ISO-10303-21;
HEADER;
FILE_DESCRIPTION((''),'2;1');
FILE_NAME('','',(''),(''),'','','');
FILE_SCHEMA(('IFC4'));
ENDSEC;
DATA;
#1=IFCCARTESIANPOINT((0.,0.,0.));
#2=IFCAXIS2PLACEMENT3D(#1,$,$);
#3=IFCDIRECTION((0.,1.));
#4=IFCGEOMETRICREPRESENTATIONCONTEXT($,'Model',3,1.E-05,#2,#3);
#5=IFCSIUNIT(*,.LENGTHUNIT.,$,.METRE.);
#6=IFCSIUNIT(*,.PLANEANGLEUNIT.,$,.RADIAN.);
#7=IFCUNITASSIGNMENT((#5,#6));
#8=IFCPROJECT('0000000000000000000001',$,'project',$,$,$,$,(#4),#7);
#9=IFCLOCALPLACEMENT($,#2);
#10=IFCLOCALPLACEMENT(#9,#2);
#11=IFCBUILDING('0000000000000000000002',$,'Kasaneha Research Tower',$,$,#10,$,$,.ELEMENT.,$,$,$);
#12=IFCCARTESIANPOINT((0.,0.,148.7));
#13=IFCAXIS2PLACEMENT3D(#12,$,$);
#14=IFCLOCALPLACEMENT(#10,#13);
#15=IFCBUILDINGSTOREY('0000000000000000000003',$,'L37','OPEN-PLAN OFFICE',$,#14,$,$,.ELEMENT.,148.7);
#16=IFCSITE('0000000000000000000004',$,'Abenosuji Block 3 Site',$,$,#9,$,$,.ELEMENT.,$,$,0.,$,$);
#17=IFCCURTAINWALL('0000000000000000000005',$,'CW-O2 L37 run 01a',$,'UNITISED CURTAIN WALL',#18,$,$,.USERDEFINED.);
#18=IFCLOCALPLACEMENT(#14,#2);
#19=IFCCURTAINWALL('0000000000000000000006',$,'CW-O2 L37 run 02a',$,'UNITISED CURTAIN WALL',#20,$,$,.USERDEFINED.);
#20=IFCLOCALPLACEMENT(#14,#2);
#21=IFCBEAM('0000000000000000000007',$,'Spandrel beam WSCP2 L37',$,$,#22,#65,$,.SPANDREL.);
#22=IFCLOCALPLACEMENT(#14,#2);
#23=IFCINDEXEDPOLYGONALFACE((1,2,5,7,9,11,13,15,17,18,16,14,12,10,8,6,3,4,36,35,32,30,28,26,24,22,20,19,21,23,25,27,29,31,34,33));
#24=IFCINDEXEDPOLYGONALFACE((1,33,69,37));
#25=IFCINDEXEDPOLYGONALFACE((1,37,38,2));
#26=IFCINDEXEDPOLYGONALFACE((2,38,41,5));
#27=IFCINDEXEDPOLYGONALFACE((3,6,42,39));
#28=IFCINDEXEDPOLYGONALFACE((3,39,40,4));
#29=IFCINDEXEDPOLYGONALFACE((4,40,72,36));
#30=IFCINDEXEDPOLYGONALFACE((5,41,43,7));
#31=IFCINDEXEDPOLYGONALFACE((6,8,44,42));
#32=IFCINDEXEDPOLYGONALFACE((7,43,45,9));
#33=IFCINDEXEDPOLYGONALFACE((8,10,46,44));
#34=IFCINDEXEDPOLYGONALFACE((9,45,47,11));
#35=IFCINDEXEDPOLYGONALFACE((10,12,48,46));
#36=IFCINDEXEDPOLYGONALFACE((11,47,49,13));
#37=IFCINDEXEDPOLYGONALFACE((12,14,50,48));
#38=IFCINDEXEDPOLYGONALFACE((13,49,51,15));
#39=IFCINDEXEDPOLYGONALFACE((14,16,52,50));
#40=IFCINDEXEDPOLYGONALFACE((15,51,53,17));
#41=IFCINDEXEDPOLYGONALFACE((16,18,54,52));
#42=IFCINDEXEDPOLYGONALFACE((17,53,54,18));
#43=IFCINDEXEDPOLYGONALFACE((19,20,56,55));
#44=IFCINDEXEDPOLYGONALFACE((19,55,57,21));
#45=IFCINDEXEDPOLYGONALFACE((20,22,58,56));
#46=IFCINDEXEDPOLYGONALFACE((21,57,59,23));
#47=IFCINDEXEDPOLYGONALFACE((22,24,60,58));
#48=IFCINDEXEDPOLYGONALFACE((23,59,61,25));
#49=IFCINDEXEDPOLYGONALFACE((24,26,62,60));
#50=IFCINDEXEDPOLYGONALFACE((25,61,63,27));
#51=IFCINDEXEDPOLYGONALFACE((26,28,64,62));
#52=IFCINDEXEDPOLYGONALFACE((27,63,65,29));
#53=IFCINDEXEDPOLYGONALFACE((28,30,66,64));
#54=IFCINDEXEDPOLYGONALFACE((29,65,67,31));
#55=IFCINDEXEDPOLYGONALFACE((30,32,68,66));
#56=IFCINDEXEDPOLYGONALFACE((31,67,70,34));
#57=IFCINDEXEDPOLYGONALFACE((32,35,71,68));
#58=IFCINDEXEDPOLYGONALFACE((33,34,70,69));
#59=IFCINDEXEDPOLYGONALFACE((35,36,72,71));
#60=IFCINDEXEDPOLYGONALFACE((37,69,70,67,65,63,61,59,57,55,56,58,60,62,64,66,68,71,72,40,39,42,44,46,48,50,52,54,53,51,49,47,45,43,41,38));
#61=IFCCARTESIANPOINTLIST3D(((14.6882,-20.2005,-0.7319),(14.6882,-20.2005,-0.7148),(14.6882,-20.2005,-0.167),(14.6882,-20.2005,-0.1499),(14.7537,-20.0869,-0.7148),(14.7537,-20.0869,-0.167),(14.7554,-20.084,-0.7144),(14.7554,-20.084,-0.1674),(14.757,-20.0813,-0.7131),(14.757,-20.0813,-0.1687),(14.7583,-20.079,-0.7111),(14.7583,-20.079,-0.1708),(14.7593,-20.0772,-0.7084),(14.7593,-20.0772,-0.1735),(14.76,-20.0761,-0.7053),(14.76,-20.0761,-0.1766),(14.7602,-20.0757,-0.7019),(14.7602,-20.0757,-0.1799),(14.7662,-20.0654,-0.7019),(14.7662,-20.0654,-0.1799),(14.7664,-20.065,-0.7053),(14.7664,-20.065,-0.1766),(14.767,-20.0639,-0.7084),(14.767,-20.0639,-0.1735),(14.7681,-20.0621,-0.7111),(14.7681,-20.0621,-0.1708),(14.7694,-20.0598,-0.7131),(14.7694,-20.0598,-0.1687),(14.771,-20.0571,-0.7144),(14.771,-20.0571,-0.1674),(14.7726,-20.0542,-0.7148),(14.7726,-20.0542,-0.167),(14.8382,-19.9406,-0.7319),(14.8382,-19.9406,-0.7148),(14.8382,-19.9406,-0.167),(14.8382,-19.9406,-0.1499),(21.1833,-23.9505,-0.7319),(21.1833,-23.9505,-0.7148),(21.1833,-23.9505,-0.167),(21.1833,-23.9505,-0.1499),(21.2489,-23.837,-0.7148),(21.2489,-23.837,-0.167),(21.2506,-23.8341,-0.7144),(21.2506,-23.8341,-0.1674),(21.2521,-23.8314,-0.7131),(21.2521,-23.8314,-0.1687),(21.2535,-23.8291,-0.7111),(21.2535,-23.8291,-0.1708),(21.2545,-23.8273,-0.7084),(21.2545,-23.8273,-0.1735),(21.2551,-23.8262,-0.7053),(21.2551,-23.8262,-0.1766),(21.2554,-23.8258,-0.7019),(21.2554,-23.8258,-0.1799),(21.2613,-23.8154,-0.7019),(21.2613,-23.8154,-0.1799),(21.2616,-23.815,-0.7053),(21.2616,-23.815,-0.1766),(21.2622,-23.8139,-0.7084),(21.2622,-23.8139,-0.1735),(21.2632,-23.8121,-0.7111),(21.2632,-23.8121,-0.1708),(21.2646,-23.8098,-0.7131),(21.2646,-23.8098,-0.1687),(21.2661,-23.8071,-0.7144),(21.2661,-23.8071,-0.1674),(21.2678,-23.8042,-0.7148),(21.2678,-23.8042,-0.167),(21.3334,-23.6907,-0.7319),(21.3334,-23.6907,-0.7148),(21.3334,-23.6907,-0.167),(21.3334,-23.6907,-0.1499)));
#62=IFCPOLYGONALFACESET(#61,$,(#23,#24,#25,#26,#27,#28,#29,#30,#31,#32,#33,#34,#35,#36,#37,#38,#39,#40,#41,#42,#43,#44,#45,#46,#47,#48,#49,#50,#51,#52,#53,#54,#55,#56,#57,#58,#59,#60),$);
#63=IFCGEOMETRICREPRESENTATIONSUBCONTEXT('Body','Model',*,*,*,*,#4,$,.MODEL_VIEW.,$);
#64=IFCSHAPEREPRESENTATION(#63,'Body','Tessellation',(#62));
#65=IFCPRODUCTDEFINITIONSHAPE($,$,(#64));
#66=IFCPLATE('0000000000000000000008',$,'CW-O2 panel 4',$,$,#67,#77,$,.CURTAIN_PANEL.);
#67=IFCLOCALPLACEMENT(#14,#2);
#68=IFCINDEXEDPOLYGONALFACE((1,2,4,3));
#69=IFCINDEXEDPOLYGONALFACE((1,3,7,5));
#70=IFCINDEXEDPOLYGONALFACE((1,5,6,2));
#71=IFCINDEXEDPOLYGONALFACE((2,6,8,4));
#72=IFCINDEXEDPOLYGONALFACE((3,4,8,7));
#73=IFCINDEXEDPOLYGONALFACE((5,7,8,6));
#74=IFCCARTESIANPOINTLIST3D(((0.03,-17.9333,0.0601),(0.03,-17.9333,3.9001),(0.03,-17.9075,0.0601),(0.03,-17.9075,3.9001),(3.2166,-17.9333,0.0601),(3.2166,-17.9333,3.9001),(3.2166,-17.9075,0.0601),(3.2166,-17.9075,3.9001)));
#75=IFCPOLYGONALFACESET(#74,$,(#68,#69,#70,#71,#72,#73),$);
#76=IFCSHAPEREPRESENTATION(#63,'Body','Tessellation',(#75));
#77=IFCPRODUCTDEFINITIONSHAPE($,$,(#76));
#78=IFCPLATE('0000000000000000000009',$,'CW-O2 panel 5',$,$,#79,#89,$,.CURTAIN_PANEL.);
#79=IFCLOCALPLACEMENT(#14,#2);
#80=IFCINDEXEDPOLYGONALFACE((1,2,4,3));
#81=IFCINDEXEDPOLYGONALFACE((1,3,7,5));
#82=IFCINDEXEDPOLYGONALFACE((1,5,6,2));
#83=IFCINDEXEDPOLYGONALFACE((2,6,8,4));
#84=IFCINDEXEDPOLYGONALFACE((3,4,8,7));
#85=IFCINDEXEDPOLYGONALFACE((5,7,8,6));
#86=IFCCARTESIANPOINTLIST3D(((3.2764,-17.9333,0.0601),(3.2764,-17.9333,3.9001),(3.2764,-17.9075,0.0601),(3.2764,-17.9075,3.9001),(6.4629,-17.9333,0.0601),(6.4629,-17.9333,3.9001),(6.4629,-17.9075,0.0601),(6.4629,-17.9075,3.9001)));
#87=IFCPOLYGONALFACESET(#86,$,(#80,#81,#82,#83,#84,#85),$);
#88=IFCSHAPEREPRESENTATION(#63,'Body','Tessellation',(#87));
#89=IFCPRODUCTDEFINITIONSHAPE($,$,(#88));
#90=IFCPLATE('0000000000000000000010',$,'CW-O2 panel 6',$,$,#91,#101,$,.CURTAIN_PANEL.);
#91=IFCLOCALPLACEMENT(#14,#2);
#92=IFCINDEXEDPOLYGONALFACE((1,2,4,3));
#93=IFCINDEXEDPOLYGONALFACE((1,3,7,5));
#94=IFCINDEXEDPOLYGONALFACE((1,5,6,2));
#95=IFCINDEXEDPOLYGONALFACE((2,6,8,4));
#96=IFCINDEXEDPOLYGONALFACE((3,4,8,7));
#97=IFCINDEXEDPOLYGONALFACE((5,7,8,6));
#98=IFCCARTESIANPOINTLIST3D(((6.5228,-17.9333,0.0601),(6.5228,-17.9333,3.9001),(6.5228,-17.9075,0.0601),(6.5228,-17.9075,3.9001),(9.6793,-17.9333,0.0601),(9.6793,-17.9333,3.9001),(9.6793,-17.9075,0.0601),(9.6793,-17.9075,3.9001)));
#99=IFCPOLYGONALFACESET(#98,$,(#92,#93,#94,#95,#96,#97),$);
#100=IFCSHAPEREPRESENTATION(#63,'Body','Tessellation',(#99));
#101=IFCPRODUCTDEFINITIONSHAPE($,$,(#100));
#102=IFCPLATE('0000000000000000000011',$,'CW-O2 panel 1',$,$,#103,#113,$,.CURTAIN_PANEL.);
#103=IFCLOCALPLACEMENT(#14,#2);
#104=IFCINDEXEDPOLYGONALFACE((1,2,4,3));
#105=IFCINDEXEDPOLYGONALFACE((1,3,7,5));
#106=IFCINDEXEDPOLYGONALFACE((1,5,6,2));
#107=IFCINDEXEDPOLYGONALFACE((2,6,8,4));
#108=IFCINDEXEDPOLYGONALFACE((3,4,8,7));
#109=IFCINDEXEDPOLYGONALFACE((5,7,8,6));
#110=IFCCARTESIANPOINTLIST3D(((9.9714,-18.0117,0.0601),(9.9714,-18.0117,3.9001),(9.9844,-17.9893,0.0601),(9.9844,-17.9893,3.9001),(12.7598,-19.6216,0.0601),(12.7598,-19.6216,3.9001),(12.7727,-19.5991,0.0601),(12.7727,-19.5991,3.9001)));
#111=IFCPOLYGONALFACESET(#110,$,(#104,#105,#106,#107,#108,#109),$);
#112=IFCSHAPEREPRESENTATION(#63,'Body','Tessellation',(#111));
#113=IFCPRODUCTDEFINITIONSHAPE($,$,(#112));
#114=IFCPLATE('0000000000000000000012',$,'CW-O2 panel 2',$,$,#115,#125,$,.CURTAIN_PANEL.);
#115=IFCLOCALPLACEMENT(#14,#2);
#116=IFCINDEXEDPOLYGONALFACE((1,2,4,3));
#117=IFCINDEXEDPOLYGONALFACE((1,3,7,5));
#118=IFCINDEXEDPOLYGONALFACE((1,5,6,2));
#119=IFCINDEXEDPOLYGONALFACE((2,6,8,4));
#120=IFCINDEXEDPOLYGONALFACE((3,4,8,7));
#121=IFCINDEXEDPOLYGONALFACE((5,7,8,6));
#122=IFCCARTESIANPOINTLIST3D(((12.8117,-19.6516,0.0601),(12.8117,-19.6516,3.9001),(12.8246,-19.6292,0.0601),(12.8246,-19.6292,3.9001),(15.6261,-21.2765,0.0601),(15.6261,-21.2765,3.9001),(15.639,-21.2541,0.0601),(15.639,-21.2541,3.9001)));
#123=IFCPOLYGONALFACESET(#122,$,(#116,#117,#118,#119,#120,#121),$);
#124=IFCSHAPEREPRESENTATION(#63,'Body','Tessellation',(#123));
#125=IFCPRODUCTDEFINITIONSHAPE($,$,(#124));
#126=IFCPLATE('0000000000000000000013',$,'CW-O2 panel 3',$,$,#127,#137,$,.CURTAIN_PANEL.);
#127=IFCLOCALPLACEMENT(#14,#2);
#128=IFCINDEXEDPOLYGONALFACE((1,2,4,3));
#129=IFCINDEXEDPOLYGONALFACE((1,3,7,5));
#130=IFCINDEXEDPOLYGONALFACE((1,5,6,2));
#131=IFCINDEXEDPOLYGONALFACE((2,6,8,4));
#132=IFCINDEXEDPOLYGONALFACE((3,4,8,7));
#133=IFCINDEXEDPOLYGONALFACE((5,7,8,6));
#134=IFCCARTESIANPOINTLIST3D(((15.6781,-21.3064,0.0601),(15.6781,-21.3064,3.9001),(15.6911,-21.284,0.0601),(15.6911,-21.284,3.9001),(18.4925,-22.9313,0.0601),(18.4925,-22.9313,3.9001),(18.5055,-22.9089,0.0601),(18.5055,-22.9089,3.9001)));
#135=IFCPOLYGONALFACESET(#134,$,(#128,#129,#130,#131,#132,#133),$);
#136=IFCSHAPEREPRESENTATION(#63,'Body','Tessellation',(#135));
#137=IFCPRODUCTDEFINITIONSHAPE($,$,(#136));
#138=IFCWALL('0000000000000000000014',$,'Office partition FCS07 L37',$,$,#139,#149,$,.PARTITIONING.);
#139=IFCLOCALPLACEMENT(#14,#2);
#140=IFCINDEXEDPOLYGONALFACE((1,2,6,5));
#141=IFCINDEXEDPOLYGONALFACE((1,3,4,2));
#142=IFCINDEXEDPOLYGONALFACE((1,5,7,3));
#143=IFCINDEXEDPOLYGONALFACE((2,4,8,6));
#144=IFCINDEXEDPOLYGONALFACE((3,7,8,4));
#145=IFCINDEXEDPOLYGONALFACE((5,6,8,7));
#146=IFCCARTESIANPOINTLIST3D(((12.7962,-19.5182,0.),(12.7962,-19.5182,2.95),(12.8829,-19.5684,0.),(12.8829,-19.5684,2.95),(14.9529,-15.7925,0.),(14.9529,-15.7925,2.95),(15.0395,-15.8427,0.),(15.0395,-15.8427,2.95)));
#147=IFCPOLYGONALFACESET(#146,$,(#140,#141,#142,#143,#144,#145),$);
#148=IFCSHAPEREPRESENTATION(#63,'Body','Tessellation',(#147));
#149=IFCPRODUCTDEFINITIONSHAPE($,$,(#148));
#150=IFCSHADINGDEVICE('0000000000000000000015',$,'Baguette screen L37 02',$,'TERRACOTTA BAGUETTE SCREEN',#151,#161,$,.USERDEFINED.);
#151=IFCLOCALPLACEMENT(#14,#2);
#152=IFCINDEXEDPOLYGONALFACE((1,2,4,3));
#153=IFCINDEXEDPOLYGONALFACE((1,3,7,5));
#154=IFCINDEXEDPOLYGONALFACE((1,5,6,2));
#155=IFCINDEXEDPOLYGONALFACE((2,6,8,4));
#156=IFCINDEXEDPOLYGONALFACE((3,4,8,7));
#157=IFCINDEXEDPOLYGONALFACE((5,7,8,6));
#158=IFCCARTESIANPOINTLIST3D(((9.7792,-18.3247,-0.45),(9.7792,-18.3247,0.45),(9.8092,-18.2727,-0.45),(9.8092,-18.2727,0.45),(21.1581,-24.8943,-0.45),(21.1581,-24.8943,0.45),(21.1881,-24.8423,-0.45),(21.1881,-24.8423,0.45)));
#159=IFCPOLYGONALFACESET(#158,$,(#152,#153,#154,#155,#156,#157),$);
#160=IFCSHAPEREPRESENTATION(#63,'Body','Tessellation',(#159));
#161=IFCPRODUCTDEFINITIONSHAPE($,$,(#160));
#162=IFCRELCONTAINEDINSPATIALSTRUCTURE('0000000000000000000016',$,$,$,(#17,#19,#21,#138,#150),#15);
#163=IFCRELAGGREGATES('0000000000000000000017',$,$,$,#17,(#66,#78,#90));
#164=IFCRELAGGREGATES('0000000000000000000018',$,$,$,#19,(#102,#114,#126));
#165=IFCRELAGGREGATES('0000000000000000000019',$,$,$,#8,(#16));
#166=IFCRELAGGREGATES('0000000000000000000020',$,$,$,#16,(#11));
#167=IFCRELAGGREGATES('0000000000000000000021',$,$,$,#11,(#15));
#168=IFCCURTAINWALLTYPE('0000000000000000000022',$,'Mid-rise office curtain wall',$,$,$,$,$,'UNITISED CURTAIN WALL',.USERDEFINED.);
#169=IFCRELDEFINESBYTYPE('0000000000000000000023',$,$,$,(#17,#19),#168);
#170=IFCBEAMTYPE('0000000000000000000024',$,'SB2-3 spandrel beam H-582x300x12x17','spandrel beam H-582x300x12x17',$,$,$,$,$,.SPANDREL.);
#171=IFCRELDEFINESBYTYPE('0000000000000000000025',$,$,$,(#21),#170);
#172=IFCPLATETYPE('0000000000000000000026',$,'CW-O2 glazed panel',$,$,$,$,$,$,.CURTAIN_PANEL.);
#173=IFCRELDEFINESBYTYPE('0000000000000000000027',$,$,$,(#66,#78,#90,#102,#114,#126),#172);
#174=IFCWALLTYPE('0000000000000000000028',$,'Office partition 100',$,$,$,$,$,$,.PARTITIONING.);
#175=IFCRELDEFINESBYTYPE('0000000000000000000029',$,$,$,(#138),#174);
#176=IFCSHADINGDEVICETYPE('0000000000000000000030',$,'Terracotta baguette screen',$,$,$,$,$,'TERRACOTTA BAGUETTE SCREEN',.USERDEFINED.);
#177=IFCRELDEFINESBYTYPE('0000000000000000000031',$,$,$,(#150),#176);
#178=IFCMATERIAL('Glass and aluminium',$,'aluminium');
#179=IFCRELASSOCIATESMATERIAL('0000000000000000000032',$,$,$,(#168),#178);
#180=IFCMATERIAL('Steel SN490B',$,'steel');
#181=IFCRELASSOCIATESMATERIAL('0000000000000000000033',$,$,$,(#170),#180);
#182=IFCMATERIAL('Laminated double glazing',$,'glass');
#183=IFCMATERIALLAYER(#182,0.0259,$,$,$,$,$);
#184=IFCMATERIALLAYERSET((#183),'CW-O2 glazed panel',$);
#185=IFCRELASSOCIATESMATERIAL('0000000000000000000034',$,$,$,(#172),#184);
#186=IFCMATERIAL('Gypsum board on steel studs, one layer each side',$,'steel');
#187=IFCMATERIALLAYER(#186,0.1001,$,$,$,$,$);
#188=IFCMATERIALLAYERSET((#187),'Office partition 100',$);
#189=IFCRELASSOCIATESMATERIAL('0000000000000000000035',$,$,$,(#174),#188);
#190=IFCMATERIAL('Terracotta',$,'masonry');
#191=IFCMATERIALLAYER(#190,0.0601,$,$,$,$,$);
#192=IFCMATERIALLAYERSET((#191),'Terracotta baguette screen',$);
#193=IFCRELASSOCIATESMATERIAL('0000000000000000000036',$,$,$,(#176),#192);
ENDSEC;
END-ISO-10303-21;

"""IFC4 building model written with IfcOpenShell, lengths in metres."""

from ifc_helpers import new_model, si_unit, direction, frame, frame_2d, origin, origin_2d, place, context, subcontext, project, spatial, rectangle, i_section, extrude, material, layer, layer_set, material_profile, profile_set, type_object, element, aggregate, save


model = new_model("IFC4")

# Units and contexts
model_context = context("Model", 3, precision=1e-05, world=origin(), true_north=direction((0.0, 1.0)))
body_context = subcontext(model_context, "Body", "Model", "MODEL_VIEW")
ifc_project = project(units=[si_unit("LENGTHUNIT", "METRE"), si_unit("PLANEANGLEUNIT", "RADIAN")], contexts=[model_context])

# Site, building, storey
site_placement = place(None, origin())
site = spatial("IfcSite", under=ifc_project, at=site_placement, Name="Abenosuji Block 3 Site", CompositionType="ELEMENT", RefElevation=0.0)
building_placement = place(site_placement, origin())
building = spatial("IfcBuilding", under=site, at=building_placement, Name="Kasaneha Research Tower", CompositionType="ELEMENT")
storey_placement = place(building_placement, frame((0.0, 0.0, 148.7)))
storey = spatial("IfcBuildingStorey", under=building, at=storey_placement, Name="L37", Description="OPEN-PLAN OFFICE", CompositionType="ELEMENT", Elevation=148.7)

# Curtain walls
ifc_material_1 = material(Name="Glass and aluminium", Category="aluminium")
curtain_wall_type = type_object("IfcCurtainWallType", Name="Mid-rise office curtain wall", ElementType="UNITISED CURTAIN WALL", PredefinedType="USERDEFINED", material=ifc_material_1)
curtain_wall_1_placement = place(storey_placement, origin())
curtain_wall_1 = element("IfcCurtainWall", 1, at=curtain_wall_1_placement, inside=storey, type_object=curtain_wall_type, Name="CW-O2 L37 run 01a", ObjectType="UNITISED CURTAIN WALL", PredefinedType="USERDEFINED")
curtain_wall_2_placement = place(storey_placement, origin())
curtain_wall_2 = element("IfcCurtainWall", 2, at=curtain_wall_2_placement, inside=storey, type_object=curtain_wall_type, Name="CW-O2 L37 run 02a", ObjectType="UNITISED CURTAIN WALL", PredefinedType="USERDEFINED")

# Beam
ifc_material_2 = material(Name="Steel SN490B", Category="steel")
ifc_material_profile_1 = material_profile(ifc_material_2, i_section(OverallWidth=0.3, OverallDepth=0.582, WebThickness=0.012, FlangeThickness=0.0171, FilletRadius=0.0129, at=origin_2d()), Name="H-582x300x12x17")
ifc_profile_set_1 = profile_set([ifc_material_profile_1], Name="Steel SN490B")
beam_type_1 = type_object("IfcBeamType", Name="SB2-3 spandrel beam H-582x300x12x17", Description="spandrel beam H-582x300x12x17", PredefinedType="SPANDREL", material=ifc_profile_set_1)
beam_1_placement = place(storey_placement, frame((14.7632, -20.0706, -0.4409), z_axis=(0.866023, -0.500004, 0.0), x_axis=(0.500004, 0.866023, 0.0)))
element("IfcBeam", 3, at=beam_1_placement, inside=storey, type_object=beam_type_1, Name="Spandrel beam WSCP2 L37", PredefinedType="SPANDREL", context=body_context, shape_type="SweptSolid", body=[
    extrude(i_section(OverallWidth=0.3, OverallDepth=0.582, WebThickness=0.012, FlangeThickness=0.0171, FilletRadius=0.0129, at=origin_2d()), origin(), (0.0, 0.0, 1.0), 7.5),
])

# Plates
ifc_material_3 = material(Name="Laminated double glazing", Category="glass")
ifc_layer_1 = layer(ifc_material_3, 0.0259)
ifc_layer_set_1 = layer_set([ifc_layer_1], Name="CW-O2 glazed panel")
plate_type = type_object("IfcPlateType", Name="CW-O2 glazed panel", PredefinedType="CURTAIN_PANEL", material=ifc_layer_set_1)
plate_1_placement = place(storey_placement, frame((1.6233, -17.9204, 0.0601), z_axis=(0.0, 0.0, 1.0), x_axis=(1.0, 0.0, 0.0)))
plate_1 = element("IfcPlate", 4, at=plate_1_placement, type_object=plate_type, Name="CW-O2 panel 4", PredefinedType="CURTAIN_PANEL", context=body_context, shape_type="SweptSolid", body=[
    extrude(rectangle(XDim=3.1865, YDim=0.0259, at=origin_2d()), origin(), (0.0, 0.0, 1.0), 3.8401),
])
plate_2_placement = place(storey_placement, frame((4.8696, -17.9204, 0.0601), z_axis=(0.0, 0.0, 1.0), x_axis=(1.0, 0.0, 0.0)))
plate_2 = element("IfcPlate", 5, at=plate_2_placement, type_object=plate_type, Name="CW-O2 panel 5", PredefinedType="CURTAIN_PANEL", context=body_context, shape_type="SweptSolid", body=[
    extrude(rectangle(XDim=3.1865, YDim=0.0259, at=origin_2d()), origin(), (0.0, 0.0, 1.0), 3.8401),
])
plate_3_placement = place(storey_placement, frame((8.1011, -17.9204, 0.0601), z_axis=(0.0, 0.0, 1.0), x_axis=(1.0, 0.0, 0.0)))
plate_3 = element("IfcPlate", 6, at=plate_3_placement, type_object=plate_type, Name="CW-O2 panel 6", PredefinedType="CURTAIN_PANEL", context=body_context, shape_type="SweptSolid", body=[
    extrude(rectangle(XDim=3.1565, YDim=0.0259, at=origin_2d()), origin(), (0.0, 0.0, 1.0), 3.8401),
])
aggregate(curtain_wall_1, [plate_1, plate_2, plate_3])
plate_4_placement = place(storey_placement, frame((11.3721, -18.8054, 0.0601), z_axis=(0.0, 0.0, 1.0), x_axis=(0.866025, -0.5, 0.0)))
plate_4 = element("IfcPlate", 7, at=plate_4_placement, type_object=plate_type, Name="CW-O2 panel 1", PredefinedType="CURTAIN_PANEL", context=body_context, shape_type="SweptSolid", body=[
    extrude(rectangle(XDim=3.2197, YDim=0.0259, at=origin_2d()), origin(), (0.0, 0.0, 1.0), 3.8401),
])
plate_5_placement = place(storey_placement, frame((14.2253, -20.4529, 0.0601), z_axis=(0.0, 0.0, 1.0), x_axis=(0.866025, -0.5, 0.0)))
plate_5 = element("IfcPlate", 8, at=plate_5_placement, type_object=plate_type, Name="CW-O2 panel 2", PredefinedType="CURTAIN_PANEL", context=body_context, shape_type="SweptSolid", body=[
    extrude(rectangle(XDim=3.2498, YDim=0.0259, at=origin_2d()), origin(), (0.0, 0.0, 1.0), 3.8401),
])
plate_6_placement = place(storey_placement, frame((17.0918, -22.1077, 0.0601), z_axis=(0.0, 0.0, 1.0), x_axis=(0.866025, -0.5, 0.0)))
plate_6 = element("IfcPlate", 9, at=plate_6_placement, type_object=plate_type, Name="CW-O2 panel 3", PredefinedType="CURTAIN_PANEL", context=body_context, shape_type="SweptSolid", body=[
    extrude(rectangle(XDim=3.2498, YDim=0.0259, at=origin_2d()), origin(), (0.0, 0.0, 1.0), 3.8401),
])
aggregate(curtain_wall_2, [plate_4, plate_5, plate_6])

# Wall
ifc_material_4 = material(Name="Gypsum board on steel studs, one layer each side", Category="steel")
ifc_layer_2 = layer(ifc_material_4, 0.1001)
ifc_layer_set_2 = layer_set([ifc_layer_2], Name="Office partition 100")
wall_type = type_object("IfcWallType", Name="Office partition 100", PredefinedType="PARTITIONING", material=ifc_layer_set_2)
wall_placement = place(storey_placement, frame((12.8396, -19.5432, 0.0), z_axis=(0.0, 0.0, 1.0), x_axis=(0.50098, 0.865459, 0.0)))
element("IfcWall", 10, at=wall_placement, inside=storey, type_object=wall_type, Name="Office partition FCS07 L37", PredefinedType="PARTITIONING", context=body_context, shape_type="SweptSolid", body=[
    extrude(rectangle(XDim=4.3049, YDim=0.1001, at=frame_2d((2.1523, 0.0))), origin(), (0.0, 0.0, 1.0), 2.95),
])

# Shading device
ifc_material_5 = material(Name="Terracotta", Category="masonry")
ifc_layer_3 = layer(ifc_material_5, 0.0601)
ifc_layer_set_3 = layer_set([ifc_layer_3], Name="Terracotta baguette screen")
shading_device_type = type_object("IfcShadingDeviceType", Name="Terracotta baguette screen", ElementType="TERRACOTTA BAGUETTE SCREEN", PredefinedType="USERDEFINED", material=ifc_layer_set_3)
shading_device_placement = place(storey_placement, frame((15.4836, -21.5835, -0.45), z_axis=(0.0, 0.0, 1.0), x_axis=(0.866025, -0.5, 0.0)))
element("IfcShadingDevice", 11, at=shading_device_placement, inside=storey, type_object=shading_device_type, Name="Baguette screen L37 02", ObjectType="TERRACOTTA BAGUETTE SCREEN", PredefinedType="USERDEFINED", context=body_context, shape_type="SweptSolid", body=[
    extrude(rectangle(XDim=13.1392, YDim=0.0601, at=origin_2d()), origin(), (0.0, 0.0, 1.0), 0.8999),
])

save(model, "model.ifc")
